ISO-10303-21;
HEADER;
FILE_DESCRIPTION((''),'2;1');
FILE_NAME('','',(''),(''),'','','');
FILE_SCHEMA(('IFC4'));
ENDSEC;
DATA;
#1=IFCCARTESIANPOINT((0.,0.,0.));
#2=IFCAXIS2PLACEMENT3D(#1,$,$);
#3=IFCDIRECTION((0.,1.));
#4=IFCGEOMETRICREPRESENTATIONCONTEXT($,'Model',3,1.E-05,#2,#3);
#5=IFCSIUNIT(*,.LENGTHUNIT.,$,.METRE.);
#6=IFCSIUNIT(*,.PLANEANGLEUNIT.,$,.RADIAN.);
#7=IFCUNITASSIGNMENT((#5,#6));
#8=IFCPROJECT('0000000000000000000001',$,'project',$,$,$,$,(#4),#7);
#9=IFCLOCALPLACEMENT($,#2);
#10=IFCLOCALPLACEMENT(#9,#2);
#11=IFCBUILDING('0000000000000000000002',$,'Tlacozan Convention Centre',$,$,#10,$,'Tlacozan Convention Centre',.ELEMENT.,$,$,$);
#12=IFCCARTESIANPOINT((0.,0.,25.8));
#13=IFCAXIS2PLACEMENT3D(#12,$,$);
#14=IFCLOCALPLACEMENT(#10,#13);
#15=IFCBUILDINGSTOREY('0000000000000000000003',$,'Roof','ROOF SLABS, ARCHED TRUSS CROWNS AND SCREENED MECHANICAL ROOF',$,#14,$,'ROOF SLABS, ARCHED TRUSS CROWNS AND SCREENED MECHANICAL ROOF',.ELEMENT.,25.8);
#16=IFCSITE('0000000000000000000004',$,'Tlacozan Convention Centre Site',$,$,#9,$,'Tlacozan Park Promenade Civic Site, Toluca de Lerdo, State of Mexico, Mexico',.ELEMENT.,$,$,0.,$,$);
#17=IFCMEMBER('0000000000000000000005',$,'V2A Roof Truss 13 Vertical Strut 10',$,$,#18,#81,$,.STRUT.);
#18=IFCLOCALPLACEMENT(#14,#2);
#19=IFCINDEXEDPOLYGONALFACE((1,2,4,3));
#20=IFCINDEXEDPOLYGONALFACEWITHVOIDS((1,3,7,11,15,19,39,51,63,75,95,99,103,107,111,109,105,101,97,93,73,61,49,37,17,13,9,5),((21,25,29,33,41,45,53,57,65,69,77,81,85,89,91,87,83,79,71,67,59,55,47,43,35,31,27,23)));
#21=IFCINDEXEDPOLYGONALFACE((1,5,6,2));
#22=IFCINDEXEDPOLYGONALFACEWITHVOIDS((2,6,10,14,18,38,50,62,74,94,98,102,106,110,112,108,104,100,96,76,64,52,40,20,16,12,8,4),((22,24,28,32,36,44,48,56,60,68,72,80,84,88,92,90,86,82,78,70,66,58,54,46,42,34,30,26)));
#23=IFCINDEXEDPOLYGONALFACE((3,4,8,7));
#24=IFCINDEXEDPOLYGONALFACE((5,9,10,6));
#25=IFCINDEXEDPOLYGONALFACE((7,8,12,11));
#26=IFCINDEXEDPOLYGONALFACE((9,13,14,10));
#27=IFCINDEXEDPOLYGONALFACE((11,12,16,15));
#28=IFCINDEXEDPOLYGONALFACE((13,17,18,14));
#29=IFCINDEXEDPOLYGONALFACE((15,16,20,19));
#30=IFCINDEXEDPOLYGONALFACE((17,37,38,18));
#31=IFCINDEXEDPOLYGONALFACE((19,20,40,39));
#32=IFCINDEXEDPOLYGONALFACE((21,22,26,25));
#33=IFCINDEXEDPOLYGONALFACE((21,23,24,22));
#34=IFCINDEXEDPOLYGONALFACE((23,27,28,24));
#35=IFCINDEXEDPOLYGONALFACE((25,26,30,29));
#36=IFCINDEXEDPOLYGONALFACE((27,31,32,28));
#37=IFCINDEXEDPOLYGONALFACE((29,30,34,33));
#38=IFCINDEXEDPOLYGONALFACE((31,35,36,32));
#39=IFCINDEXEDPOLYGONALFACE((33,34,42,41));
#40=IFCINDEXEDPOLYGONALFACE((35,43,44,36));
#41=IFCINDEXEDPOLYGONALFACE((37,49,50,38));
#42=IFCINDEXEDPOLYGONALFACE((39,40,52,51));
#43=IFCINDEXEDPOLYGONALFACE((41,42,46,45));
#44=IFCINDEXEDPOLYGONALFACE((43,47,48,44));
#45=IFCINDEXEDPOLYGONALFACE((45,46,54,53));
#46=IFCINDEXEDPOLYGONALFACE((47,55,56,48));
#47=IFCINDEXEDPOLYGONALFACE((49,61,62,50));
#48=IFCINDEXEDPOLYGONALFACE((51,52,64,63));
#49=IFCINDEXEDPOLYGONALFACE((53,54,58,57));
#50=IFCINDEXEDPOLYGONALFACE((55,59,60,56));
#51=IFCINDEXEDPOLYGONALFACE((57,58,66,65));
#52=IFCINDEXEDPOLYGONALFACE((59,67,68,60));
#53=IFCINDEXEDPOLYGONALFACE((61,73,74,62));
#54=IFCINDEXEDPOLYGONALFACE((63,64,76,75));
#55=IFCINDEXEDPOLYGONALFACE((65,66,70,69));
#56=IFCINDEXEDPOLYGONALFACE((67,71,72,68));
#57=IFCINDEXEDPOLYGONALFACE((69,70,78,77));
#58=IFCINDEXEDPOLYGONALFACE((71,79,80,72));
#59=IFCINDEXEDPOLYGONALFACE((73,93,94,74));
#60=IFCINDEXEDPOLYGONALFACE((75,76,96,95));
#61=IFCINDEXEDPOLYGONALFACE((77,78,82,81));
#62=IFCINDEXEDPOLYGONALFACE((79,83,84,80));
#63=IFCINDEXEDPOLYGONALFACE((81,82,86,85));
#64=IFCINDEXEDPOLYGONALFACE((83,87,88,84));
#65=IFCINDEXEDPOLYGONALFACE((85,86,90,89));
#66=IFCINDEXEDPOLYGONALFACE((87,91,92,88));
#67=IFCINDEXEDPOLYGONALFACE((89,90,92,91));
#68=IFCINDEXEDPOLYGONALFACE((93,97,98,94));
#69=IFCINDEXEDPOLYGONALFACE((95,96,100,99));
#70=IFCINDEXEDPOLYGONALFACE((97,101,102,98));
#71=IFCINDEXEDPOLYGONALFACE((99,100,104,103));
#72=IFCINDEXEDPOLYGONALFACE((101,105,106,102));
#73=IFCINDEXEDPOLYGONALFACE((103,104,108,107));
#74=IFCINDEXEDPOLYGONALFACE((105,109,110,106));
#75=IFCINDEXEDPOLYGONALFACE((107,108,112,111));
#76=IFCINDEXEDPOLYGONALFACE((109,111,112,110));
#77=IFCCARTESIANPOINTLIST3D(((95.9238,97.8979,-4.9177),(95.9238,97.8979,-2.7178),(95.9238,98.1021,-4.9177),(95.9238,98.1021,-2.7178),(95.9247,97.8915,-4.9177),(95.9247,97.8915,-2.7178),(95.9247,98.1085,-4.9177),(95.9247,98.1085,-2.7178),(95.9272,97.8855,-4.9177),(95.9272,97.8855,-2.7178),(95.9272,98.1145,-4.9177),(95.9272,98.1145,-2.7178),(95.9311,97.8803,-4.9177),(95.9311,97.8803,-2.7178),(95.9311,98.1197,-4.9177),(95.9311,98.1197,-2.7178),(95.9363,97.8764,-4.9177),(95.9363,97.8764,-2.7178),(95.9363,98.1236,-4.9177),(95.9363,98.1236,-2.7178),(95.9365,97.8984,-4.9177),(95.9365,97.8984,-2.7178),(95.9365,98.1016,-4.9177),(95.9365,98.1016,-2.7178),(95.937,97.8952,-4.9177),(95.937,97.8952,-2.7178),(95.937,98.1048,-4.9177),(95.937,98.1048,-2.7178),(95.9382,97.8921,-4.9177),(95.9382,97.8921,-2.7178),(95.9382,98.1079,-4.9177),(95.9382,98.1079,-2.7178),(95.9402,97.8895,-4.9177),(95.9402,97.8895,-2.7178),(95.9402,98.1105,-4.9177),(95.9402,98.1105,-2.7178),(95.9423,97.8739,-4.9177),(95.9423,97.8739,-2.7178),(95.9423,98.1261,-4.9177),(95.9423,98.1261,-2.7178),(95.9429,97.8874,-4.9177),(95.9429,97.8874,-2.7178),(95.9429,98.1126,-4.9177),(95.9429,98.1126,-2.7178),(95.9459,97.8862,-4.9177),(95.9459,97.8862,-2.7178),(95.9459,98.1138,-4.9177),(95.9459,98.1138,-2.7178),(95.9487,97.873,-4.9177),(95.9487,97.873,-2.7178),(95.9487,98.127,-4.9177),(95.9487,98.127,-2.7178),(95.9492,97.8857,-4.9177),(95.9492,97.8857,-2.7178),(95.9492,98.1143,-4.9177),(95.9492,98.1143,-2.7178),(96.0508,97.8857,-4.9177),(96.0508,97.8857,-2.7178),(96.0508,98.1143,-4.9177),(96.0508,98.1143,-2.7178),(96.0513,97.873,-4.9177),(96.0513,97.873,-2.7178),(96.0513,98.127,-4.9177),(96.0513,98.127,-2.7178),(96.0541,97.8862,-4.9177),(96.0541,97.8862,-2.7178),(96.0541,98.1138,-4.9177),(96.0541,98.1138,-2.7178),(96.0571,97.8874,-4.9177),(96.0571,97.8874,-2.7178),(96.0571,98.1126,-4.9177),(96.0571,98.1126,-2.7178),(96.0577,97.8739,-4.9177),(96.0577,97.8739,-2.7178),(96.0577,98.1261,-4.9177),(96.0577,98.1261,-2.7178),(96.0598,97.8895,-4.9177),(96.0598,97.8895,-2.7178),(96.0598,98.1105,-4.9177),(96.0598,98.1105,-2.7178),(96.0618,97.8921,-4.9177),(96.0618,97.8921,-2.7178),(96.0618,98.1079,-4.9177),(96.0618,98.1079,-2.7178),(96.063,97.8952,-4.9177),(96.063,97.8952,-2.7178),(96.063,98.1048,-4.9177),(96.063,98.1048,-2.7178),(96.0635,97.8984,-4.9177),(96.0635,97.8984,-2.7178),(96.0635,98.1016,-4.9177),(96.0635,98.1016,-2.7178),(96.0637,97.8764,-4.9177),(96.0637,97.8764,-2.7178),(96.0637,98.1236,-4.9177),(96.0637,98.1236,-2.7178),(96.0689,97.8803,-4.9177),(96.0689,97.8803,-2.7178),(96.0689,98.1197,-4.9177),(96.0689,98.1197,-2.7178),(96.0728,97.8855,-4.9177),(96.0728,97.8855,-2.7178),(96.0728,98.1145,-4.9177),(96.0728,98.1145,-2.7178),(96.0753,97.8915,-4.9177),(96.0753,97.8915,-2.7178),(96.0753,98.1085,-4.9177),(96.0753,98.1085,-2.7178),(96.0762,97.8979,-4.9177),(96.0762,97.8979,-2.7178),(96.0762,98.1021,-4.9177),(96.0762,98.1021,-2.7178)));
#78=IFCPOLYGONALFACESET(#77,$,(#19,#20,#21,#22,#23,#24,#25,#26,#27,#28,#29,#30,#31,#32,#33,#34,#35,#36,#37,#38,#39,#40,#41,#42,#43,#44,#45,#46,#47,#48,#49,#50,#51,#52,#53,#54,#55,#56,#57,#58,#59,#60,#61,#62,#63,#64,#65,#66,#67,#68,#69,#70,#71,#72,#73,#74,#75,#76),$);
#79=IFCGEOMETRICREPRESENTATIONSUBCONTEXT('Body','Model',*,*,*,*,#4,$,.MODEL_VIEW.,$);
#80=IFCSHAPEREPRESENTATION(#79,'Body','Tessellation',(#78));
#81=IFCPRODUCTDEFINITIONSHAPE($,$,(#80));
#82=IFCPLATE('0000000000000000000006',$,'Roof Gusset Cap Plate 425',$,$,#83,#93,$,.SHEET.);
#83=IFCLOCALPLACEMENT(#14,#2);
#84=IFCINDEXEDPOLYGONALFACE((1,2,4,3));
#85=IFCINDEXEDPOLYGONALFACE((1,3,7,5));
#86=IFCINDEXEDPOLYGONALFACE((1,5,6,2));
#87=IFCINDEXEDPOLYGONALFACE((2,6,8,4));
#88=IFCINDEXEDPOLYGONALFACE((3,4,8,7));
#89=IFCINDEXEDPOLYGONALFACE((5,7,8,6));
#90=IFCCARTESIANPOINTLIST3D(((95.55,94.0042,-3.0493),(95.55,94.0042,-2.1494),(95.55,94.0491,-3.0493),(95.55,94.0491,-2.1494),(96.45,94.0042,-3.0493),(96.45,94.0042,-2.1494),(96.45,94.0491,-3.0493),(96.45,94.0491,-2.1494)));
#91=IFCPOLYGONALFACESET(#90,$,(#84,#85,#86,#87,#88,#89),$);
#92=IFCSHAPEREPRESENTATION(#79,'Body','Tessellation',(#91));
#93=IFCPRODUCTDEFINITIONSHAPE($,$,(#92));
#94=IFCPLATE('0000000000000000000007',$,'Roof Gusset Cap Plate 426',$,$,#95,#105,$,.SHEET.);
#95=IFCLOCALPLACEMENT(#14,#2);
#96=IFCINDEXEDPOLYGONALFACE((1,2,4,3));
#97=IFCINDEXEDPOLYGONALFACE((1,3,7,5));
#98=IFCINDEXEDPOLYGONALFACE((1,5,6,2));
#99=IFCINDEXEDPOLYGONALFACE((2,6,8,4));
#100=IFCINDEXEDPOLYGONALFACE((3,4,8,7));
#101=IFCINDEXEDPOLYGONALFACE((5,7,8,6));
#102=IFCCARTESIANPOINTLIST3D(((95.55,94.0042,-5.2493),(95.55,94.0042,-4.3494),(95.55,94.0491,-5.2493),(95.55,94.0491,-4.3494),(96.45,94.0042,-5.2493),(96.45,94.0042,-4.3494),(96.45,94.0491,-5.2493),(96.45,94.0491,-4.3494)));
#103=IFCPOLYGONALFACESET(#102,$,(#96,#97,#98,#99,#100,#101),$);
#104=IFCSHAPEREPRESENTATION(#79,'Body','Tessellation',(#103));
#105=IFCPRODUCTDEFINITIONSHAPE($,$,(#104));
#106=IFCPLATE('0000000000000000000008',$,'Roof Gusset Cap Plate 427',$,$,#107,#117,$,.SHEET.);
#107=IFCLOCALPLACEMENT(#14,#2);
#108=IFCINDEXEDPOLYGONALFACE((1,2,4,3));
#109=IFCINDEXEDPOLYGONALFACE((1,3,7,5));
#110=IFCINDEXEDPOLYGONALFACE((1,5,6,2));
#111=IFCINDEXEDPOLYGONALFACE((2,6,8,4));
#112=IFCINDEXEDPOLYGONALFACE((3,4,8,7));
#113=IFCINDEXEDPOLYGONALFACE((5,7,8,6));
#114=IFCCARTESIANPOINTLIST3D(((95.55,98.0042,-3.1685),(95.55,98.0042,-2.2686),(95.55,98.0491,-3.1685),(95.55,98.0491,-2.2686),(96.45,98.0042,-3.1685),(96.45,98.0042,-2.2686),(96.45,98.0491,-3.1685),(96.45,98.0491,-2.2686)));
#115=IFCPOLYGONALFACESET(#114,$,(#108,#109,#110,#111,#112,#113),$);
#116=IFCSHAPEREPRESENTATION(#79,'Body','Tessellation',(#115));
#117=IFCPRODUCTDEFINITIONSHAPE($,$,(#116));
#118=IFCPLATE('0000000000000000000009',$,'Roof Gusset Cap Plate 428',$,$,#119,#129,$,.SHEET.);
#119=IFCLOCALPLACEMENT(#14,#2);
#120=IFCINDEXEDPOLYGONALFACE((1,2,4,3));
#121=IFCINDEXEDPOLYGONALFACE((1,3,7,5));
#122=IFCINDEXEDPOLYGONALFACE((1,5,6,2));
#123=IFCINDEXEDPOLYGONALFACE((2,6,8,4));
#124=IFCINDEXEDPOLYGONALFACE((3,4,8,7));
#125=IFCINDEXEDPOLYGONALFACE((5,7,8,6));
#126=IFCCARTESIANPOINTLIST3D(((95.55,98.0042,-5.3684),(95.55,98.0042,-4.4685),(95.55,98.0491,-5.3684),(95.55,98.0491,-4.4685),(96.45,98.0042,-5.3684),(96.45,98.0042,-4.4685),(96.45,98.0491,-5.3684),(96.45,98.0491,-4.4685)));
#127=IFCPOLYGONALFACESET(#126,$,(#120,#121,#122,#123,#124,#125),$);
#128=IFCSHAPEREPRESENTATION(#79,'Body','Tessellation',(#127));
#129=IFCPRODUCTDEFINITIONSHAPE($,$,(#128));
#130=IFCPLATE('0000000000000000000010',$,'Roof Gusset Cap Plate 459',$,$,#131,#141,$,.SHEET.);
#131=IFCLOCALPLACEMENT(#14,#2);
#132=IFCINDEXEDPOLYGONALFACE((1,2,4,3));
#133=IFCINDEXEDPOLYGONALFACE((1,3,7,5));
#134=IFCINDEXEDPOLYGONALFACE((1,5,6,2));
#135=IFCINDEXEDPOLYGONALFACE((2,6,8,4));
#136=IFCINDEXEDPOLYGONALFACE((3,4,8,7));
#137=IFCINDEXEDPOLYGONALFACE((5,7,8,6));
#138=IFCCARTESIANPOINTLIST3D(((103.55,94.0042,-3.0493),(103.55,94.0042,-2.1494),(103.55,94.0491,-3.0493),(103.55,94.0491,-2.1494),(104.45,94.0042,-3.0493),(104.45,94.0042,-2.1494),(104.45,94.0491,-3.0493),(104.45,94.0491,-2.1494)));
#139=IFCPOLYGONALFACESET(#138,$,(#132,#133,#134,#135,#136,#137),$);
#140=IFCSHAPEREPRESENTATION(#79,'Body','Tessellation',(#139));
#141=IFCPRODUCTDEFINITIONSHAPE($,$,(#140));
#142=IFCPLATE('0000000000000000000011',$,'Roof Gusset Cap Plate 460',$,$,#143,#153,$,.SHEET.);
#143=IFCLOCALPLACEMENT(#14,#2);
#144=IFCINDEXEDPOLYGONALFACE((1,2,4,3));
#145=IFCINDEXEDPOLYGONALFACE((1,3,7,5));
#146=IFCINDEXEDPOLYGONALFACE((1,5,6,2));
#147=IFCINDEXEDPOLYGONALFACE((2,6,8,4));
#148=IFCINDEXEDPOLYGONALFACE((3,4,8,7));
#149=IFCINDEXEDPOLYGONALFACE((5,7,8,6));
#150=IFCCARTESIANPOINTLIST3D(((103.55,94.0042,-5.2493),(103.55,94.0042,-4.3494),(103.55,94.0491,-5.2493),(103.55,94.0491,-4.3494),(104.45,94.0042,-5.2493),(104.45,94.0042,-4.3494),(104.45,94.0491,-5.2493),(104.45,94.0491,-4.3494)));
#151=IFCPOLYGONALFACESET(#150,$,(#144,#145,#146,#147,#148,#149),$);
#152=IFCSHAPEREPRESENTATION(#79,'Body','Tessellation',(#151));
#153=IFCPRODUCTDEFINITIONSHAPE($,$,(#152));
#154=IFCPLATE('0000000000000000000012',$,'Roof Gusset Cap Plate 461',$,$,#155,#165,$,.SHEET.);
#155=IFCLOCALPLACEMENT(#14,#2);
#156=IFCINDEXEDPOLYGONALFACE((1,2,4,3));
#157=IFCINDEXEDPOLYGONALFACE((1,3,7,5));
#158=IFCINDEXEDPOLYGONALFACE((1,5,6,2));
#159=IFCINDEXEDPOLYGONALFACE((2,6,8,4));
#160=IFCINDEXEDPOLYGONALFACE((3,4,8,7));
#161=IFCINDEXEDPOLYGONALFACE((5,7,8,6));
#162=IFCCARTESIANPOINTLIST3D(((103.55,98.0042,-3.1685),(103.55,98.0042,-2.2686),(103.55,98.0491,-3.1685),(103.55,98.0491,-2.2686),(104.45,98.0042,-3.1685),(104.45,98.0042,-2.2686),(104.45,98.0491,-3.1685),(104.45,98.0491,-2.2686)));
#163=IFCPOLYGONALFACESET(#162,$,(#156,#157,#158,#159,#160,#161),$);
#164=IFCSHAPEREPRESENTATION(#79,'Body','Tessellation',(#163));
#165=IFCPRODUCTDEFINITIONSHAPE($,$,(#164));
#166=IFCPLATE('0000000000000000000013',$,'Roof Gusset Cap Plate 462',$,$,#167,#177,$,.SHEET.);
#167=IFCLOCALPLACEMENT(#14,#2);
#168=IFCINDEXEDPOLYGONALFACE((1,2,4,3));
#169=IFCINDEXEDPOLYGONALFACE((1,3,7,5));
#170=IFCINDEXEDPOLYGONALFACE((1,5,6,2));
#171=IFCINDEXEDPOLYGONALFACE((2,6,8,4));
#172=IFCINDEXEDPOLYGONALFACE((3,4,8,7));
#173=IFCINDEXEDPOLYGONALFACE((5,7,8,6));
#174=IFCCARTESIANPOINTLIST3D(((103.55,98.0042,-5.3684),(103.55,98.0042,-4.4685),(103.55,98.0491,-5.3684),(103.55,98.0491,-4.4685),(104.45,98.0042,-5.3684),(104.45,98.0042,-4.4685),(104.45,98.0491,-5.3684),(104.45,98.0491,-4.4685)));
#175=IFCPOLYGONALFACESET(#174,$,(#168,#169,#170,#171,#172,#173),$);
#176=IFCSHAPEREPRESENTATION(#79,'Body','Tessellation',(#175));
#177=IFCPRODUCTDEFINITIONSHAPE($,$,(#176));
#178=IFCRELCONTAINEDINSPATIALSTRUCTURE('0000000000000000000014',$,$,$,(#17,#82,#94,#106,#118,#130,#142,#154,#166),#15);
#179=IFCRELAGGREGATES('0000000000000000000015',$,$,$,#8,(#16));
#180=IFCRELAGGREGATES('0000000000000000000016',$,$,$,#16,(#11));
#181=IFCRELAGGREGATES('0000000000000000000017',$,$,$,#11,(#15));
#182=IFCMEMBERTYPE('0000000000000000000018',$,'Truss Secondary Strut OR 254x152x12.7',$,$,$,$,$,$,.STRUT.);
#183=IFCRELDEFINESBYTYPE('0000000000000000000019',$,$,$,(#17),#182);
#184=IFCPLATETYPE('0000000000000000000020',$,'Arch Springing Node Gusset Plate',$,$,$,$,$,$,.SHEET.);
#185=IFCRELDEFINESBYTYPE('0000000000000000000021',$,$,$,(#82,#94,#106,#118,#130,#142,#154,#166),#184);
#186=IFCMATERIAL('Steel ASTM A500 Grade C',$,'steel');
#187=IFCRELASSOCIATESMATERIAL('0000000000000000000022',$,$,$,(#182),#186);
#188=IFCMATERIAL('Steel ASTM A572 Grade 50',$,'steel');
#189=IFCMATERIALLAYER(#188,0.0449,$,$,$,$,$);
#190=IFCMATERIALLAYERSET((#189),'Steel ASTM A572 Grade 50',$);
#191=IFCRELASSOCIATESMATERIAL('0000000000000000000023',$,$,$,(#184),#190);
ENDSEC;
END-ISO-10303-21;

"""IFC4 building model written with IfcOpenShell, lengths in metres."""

from ifc_helpers import new_model, si_unit, direction, frame, origin, origin_2d, place, context, subcontext, project, spatial, rectangle, hollow_rectangle, extrude, material, layer, layer_set, material_profile, profile_set, type_object, element, save


model = new_model("IFC4")

# Units and contexts
model_context = context("Model", 3, precision=1e-05, world=origin(), true_north=direction((0.0, 1.0)))
body_context = subcontext(model_context, "Body", "Model", "MODEL_VIEW")
ifc_project = project(units=[si_unit("LENGTHUNIT", "METRE"), si_unit("PLANEANGLEUNIT", "RADIAN")], contexts=[model_context])

# Site, building, storey
site_placement = place(None, origin())
site = spatial("IfcSite", under=ifc_project, at=site_placement, Name="Tlacozan Convention Centre Site", LongName="Tlacozan Park Promenade Civic Site, Toluca de Lerdo, State of Mexico, Mexico", CompositionType="ELEMENT", RefElevation=0.0)
building_placement = place(site_placement, origin())
building = spatial("IfcBuilding", under=site, at=building_placement, Name="Tlacozan Convention Centre", LongName="Tlacozan Convention Centre", CompositionType="ELEMENT")
storey_placement = place(building_placement, frame((0.0, 0.0, 25.8)))
storey = spatial("IfcBuildingStorey", under=building, at=storey_placement, Name="Roof", Description="ROOF SLABS, ARCHED TRUSS CROWNS AND SCREENED MECHANICAL ROOF", LongName="ROOF SLABS, ARCHED TRUSS CROWNS AND SCREENED MECHANICAL ROOF", CompositionType="ELEMENT", Elevation=25.8)

# Member
ifc_material_1 = material(Name="Steel ASTM A500 Grade C", Category="steel")
ifc_material_profile_1 = material_profile(ifc_material_1, hollow_rectangle(XDim=0.1523, YDim=0.2539, WallThickness=0.0127, InnerFilletRadius=0.0127, OuterFilletRadius=0.0249, at=origin_2d()), Name="OR 254x152x12.7")
ifc_profile_set_1 = profile_set([ifc_material_profile_1], Name="Steel ASTM A500 Grade C")
member_type_1 = type_object("IfcMemberType", Name="Truss Secondary Strut OR 254x152x12.7", PredefinedType="STRUT", material=ifc_profile_set_1)
member_1_placement = place(storey_placement, frame((96.0, 98.0, -4.9177), z_axis=(0.0, 0.0, 1.0), x_axis=(1.0, 0.0, 0.0)))
element("IfcMember", 1, at=member_1_placement, inside=storey, type_object=member_type_1, Name="V2A Roof Truss 13 Vertical Strut 10", PredefinedType="STRUT", context=body_context, shape_type="SweptSolid", body=[
    extrude(hollow_rectangle(XDim=0.1523, YDim=0.2539, WallThickness=0.0127, InnerFilletRadius=0.0127, OuterFilletRadius=0.0249, at=origin_2d()), origin(), (0.0, 0.0, 1.0), 2.2),
])

# Plates
ifc_material_2 = material(Name="Steel ASTM A572 Grade 50", Category="steel")
ifc_layer = layer(ifc_material_2, 0.0449)
ifc_layer_set = layer_set([ifc_layer], Name="Steel ASTM A572 Grade 50")
plate_type = type_object("IfcPlateType", Name="Arch Springing Node Gusset Plate", PredefinedType="SHEET", material=ifc_layer_set)
for number, where, z_axis, x_axis, name in (
    (2, (96.0, 94.0266, -3.0493), (0.0, 0.0, 1.0), (0.0, 1.0, 0.0), "Roof Gusset Cap Plate 425"),
    (3, (96.0, 94.0266, -5.2493), (0.0, 0.0, 1.0), (0.0, 1.0, 0.0), "Roof Gusset Cap Plate 426"),
    (4, (96.0, 98.0266, -3.1685), (0.0, 0.0, 1.0), (0.0, 1.0, 0.0), "Roof Gusset Cap Plate 427"),
    (5, (96.0, 98.0266, -5.3684), (0.0, 0.0, 1.0), (0.0, 1.0, 0.0), "Roof Gusset Cap Plate 428"),
    (6, (104.0, 94.0266, -3.0493), (0.0, 0.0, 1.0), (0.0, 1.0, 0.0), "Roof Gusset Cap Plate 459"),
    (7, (104.0, 94.0266, -5.2493), (0.0, 0.0, 1.0), (0.0, 1.0, 0.0), "Roof Gusset Cap Plate 460"),
    (8, (104.0, 98.0266, -3.1685), (0.0, 0.0, 1.0), (0.0, 1.0, 0.0), "Roof Gusset Cap Plate 461"),
    (9, (104.0, 98.0266, -5.3684), (0.0, 0.0, 1.0), (0.0, 1.0, 0.0), "Roof Gusset Cap Plate 462"),
):
    element("IfcPlate", number, at=place(storey_placement, frame(where, z_axis=z_axis, x_axis=x_axis)), inside=storey, type_object=plate_type, Name=name, PredefinedType="SHEET", context=body_context, shape_type="SweptSolid", body=[
        extrude(rectangle(XDim=0.0449, YDim=0.8999, at=origin_2d()), origin(), (0.0, 0.0, 1.0), 0.8999),
    ])

save(model, "model.ifc")
